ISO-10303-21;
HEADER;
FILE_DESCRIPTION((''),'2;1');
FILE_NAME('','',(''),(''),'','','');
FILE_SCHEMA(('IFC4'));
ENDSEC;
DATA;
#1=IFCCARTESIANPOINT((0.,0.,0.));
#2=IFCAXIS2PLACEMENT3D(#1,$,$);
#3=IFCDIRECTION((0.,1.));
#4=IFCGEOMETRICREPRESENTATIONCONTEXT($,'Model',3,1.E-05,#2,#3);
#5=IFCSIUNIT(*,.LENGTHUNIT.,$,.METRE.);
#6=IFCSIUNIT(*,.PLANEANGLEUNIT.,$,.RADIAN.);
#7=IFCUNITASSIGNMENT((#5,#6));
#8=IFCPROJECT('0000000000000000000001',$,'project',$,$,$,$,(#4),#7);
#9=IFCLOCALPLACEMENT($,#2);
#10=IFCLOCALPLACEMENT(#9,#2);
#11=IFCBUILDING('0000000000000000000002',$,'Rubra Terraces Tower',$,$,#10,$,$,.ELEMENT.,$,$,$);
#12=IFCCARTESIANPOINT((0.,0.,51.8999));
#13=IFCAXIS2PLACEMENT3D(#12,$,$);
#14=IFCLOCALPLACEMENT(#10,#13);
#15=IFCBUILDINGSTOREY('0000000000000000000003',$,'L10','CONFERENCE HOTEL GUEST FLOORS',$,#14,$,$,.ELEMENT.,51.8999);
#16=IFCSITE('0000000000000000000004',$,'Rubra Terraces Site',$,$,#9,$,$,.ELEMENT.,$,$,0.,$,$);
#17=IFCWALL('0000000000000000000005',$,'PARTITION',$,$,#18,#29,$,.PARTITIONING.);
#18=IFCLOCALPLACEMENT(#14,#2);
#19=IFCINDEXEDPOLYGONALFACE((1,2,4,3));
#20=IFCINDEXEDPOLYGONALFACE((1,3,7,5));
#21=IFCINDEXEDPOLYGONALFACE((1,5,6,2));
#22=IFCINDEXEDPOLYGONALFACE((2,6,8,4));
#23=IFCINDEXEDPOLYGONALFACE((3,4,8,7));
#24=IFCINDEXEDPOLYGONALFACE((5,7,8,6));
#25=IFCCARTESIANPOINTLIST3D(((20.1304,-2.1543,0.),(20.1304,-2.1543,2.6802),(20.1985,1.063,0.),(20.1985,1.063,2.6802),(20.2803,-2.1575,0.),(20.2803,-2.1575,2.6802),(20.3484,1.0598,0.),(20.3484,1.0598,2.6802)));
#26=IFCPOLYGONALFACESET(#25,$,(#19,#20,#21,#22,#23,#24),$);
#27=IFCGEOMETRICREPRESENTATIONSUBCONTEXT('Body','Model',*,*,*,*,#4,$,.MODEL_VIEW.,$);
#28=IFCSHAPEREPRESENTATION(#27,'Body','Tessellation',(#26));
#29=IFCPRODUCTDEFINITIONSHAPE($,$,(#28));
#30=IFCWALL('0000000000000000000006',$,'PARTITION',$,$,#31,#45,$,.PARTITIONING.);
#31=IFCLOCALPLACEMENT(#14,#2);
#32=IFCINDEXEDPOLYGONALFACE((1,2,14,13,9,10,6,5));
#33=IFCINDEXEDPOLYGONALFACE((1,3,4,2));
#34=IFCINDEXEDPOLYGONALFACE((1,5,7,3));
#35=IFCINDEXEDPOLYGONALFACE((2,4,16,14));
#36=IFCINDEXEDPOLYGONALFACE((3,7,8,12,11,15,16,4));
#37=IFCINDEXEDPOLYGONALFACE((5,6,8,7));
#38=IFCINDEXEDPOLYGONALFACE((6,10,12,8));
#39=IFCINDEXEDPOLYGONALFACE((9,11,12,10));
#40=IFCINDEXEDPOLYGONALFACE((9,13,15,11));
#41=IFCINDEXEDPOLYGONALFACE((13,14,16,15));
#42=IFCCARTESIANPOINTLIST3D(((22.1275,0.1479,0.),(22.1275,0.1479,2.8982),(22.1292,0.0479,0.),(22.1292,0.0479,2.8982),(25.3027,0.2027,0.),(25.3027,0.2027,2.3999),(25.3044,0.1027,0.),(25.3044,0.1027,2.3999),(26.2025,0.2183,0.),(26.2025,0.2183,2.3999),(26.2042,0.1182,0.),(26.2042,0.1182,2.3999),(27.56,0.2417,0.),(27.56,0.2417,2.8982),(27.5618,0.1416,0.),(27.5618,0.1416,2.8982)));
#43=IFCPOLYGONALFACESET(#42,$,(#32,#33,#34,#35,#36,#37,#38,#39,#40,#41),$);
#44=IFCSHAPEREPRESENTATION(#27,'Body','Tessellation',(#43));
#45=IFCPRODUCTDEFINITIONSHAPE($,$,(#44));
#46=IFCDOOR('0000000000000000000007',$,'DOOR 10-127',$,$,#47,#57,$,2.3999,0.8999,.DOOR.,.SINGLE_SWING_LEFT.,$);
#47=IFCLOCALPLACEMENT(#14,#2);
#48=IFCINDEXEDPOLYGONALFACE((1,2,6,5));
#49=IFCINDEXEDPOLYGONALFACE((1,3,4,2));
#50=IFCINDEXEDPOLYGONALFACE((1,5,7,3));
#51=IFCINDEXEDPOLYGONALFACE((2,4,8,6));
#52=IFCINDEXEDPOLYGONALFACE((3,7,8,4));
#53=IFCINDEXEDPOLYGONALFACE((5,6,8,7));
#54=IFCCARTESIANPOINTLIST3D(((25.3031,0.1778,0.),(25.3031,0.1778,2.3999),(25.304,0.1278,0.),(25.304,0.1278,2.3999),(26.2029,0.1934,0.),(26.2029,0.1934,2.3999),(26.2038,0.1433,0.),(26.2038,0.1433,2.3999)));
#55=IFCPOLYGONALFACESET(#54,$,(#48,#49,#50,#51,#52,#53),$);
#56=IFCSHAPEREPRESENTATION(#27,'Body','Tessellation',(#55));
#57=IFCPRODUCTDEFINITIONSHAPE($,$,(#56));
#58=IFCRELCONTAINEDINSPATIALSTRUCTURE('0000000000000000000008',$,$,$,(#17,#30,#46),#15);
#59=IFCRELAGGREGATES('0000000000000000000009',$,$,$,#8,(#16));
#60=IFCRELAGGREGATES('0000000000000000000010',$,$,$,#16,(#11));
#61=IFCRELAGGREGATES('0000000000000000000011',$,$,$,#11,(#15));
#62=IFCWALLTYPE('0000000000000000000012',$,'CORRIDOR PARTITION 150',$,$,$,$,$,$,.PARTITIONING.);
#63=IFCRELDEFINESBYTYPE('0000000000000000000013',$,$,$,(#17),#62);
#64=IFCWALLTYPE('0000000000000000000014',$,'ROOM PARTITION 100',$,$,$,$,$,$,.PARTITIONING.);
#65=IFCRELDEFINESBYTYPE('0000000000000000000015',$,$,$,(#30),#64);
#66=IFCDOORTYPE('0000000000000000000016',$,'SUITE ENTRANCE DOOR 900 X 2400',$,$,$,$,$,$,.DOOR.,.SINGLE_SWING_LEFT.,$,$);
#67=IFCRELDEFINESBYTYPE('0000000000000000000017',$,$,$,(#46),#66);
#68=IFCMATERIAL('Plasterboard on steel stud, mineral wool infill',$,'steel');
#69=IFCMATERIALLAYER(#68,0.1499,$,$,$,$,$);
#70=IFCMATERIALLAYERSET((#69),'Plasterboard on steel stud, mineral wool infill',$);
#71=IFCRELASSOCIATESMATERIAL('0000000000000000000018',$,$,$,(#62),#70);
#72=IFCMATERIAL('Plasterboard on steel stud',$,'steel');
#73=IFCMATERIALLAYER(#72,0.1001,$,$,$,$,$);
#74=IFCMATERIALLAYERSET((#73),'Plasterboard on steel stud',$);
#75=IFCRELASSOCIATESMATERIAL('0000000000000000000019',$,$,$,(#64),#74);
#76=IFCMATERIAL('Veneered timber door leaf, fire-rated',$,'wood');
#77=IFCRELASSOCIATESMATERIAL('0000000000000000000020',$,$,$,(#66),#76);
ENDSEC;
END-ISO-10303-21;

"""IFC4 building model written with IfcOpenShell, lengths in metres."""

from ifc_helpers import new_model, si_unit, direction, frame, frame_2d, origin, place, context, subcontext, project, spatial, rectangle, extrude, material, layer, layer_set, type_object, element, fill, save


model = new_model("IFC4")

# Units and contexts
model_context = context("Model", 3, precision=1e-05, world=origin(), true_north=direction((0.0, 1.0)))
body_context = subcontext(model_context, "Body", "Model", "MODEL_VIEW")
ifc_project = project(units=[si_unit("LENGTHUNIT", "METRE"), si_unit("PLANEANGLEUNIT", "RADIAN")], contexts=[model_context])

# Site, building, storey
site_placement = place(None, origin())
site = spatial("IfcSite", under=ifc_project, at=site_placement, Name="Rubra Terraces Site", CompositionType="ELEMENT", RefElevation=0.0)
building_placement = place(site_placement, origin())
building = spatial("IfcBuilding", under=site, at=building_placement, Name="Rubra Terraces Tower", CompositionType="ELEMENT")
storey_placement = place(building_placement, frame((0.0, 0.0, 51.8999)))
storey = spatial("IfcBuildingStorey", under=building, at=storey_placement, Name="L10", Description="CONFERENCE HOTEL GUEST FLOORS", CompositionType="ELEMENT", Elevation=51.8999)

# Shared definitions
ifc_material_1 = material(Name="Plasterboard on steel stud, mineral wool infill", Category="steel")
ifc_layer_1 = layer(ifc_material_1, 0.1499)
ifc_layer_set_1 = layer_set([ifc_layer_1], Name="Plasterboard on steel stud, mineral wool infill")
wall_type_1 = type_object("IfcWallType", Name="CORRIDOR PARTITION 150", PredefinedType="PARTITIONING", material=ifc_layer_set_1)

# Wall
wall_1_placement = place(storey_placement, frame((20.2734, 1.0613, 0.0), z_axis=(0.0, 0.0, 1.0), x_axis=(-0.021167, -0.999776, 0.0)))
element("IfcWall", 1, at=wall_1_placement, inside=storey, type_object=wall_type_1, Name="PARTITION", PredefinedType="PARTITIONING", context=body_context, shape_type="SweptSolid", body=[
    extrude(rectangle(XDim=3.218, YDim=0.1499, at=frame_2d((1.6089, 0.0))), origin(), (0.0, 0.0, 1.0), 2.6802),
])

# Wall, opening, door
ifc_material_2 = material(Name="Plasterboard on steel stud", Category="steel")
ifc_layer_2 = layer(ifc_material_2, 0.1001)
ifc_layer_set_2 = layer_set([ifc_layer_2], Name="Plasterboard on steel stud")
wall_type_2 = type_object("IfcWallType", Name="ROOM PARTITION 100", PredefinedType="PARTITIONING", material=ifc_layer_set_2)
wall_2_placement = place(storey_placement, frame((27.561, 0.1917, 0.0), z_axis=(0.0, 0.0, 1.0), x_axis=(-0.999851, -0.017254, 0.0)))
wall_2 = element("IfcWall", 2, at=wall_2_placement, inside=storey, type_object=wall_type_2, Name="PARTITION", PredefinedType="PARTITIONING", context=body_context, shape_type="SweptSolid", body=[
    extrude(rectangle(XDim=5.4333, YDim=0.1001, at=frame_2d((2.7168, 0.0))), origin(), (0.0, 0.0, 1.0), 2.8982),
])
opening_1_placement = place(wall_2_placement, frame((1.3579, 0.0, 0.0)))
opening_1 = element("IfcOpeningElement", 3, at=opening_1_placement, cuts=wall_2, PredefinedType="OPENING", context=body_context, shape_type="SweptSolid", body=[
    extrude(rectangle(XDim=0.8999, YDim=2.3999, at=frame_2d((0.45, 1.2))), frame((0.0, 0.0601, 0.0), z_axis=(0.0, -1.0, 0.0), x_axis=(1.0, 0.0, 0.0)), (0.0, 0.0, 1.0), 0.1201),
])
ifc_material_3 = material(Name="Veneered timber door leaf, fire-rated", Category="wood")
door_type_1 = type_object("IfcDoorType", Name="SUITE ENTRANCE DOOR 900 X 2400", OperationType="SINGLE_SWING_LEFT", PredefinedType="DOOR", material=ifc_material_3)
door_1_placement = place(opening_1_placement, origin())
door_1 = element("IfcDoor", 4, at=door_1_placement, inside=storey, type_object=door_type_1, Name="DOOR 10-127", OperationType="SINGLE_SWING_LEFT", OverallHeight=2.3999, OverallWidth=0.8999, PredefinedType="DOOR", context=body_context, shape_type="SweptSolid", body=[
    extrude(rectangle(XDim=0.8999, YDim=2.3999, at=frame_2d((0.45, 1.2))), frame((0.0, 0.0249, 0.0), z_axis=(0.0, -1.0, 0.0), x_axis=(1.0, 0.0, 0.0)), (0.0, 0.0, 1.0), 0.05),
])
fill(opening_1, door_1)

save(model, "model.ifc")
